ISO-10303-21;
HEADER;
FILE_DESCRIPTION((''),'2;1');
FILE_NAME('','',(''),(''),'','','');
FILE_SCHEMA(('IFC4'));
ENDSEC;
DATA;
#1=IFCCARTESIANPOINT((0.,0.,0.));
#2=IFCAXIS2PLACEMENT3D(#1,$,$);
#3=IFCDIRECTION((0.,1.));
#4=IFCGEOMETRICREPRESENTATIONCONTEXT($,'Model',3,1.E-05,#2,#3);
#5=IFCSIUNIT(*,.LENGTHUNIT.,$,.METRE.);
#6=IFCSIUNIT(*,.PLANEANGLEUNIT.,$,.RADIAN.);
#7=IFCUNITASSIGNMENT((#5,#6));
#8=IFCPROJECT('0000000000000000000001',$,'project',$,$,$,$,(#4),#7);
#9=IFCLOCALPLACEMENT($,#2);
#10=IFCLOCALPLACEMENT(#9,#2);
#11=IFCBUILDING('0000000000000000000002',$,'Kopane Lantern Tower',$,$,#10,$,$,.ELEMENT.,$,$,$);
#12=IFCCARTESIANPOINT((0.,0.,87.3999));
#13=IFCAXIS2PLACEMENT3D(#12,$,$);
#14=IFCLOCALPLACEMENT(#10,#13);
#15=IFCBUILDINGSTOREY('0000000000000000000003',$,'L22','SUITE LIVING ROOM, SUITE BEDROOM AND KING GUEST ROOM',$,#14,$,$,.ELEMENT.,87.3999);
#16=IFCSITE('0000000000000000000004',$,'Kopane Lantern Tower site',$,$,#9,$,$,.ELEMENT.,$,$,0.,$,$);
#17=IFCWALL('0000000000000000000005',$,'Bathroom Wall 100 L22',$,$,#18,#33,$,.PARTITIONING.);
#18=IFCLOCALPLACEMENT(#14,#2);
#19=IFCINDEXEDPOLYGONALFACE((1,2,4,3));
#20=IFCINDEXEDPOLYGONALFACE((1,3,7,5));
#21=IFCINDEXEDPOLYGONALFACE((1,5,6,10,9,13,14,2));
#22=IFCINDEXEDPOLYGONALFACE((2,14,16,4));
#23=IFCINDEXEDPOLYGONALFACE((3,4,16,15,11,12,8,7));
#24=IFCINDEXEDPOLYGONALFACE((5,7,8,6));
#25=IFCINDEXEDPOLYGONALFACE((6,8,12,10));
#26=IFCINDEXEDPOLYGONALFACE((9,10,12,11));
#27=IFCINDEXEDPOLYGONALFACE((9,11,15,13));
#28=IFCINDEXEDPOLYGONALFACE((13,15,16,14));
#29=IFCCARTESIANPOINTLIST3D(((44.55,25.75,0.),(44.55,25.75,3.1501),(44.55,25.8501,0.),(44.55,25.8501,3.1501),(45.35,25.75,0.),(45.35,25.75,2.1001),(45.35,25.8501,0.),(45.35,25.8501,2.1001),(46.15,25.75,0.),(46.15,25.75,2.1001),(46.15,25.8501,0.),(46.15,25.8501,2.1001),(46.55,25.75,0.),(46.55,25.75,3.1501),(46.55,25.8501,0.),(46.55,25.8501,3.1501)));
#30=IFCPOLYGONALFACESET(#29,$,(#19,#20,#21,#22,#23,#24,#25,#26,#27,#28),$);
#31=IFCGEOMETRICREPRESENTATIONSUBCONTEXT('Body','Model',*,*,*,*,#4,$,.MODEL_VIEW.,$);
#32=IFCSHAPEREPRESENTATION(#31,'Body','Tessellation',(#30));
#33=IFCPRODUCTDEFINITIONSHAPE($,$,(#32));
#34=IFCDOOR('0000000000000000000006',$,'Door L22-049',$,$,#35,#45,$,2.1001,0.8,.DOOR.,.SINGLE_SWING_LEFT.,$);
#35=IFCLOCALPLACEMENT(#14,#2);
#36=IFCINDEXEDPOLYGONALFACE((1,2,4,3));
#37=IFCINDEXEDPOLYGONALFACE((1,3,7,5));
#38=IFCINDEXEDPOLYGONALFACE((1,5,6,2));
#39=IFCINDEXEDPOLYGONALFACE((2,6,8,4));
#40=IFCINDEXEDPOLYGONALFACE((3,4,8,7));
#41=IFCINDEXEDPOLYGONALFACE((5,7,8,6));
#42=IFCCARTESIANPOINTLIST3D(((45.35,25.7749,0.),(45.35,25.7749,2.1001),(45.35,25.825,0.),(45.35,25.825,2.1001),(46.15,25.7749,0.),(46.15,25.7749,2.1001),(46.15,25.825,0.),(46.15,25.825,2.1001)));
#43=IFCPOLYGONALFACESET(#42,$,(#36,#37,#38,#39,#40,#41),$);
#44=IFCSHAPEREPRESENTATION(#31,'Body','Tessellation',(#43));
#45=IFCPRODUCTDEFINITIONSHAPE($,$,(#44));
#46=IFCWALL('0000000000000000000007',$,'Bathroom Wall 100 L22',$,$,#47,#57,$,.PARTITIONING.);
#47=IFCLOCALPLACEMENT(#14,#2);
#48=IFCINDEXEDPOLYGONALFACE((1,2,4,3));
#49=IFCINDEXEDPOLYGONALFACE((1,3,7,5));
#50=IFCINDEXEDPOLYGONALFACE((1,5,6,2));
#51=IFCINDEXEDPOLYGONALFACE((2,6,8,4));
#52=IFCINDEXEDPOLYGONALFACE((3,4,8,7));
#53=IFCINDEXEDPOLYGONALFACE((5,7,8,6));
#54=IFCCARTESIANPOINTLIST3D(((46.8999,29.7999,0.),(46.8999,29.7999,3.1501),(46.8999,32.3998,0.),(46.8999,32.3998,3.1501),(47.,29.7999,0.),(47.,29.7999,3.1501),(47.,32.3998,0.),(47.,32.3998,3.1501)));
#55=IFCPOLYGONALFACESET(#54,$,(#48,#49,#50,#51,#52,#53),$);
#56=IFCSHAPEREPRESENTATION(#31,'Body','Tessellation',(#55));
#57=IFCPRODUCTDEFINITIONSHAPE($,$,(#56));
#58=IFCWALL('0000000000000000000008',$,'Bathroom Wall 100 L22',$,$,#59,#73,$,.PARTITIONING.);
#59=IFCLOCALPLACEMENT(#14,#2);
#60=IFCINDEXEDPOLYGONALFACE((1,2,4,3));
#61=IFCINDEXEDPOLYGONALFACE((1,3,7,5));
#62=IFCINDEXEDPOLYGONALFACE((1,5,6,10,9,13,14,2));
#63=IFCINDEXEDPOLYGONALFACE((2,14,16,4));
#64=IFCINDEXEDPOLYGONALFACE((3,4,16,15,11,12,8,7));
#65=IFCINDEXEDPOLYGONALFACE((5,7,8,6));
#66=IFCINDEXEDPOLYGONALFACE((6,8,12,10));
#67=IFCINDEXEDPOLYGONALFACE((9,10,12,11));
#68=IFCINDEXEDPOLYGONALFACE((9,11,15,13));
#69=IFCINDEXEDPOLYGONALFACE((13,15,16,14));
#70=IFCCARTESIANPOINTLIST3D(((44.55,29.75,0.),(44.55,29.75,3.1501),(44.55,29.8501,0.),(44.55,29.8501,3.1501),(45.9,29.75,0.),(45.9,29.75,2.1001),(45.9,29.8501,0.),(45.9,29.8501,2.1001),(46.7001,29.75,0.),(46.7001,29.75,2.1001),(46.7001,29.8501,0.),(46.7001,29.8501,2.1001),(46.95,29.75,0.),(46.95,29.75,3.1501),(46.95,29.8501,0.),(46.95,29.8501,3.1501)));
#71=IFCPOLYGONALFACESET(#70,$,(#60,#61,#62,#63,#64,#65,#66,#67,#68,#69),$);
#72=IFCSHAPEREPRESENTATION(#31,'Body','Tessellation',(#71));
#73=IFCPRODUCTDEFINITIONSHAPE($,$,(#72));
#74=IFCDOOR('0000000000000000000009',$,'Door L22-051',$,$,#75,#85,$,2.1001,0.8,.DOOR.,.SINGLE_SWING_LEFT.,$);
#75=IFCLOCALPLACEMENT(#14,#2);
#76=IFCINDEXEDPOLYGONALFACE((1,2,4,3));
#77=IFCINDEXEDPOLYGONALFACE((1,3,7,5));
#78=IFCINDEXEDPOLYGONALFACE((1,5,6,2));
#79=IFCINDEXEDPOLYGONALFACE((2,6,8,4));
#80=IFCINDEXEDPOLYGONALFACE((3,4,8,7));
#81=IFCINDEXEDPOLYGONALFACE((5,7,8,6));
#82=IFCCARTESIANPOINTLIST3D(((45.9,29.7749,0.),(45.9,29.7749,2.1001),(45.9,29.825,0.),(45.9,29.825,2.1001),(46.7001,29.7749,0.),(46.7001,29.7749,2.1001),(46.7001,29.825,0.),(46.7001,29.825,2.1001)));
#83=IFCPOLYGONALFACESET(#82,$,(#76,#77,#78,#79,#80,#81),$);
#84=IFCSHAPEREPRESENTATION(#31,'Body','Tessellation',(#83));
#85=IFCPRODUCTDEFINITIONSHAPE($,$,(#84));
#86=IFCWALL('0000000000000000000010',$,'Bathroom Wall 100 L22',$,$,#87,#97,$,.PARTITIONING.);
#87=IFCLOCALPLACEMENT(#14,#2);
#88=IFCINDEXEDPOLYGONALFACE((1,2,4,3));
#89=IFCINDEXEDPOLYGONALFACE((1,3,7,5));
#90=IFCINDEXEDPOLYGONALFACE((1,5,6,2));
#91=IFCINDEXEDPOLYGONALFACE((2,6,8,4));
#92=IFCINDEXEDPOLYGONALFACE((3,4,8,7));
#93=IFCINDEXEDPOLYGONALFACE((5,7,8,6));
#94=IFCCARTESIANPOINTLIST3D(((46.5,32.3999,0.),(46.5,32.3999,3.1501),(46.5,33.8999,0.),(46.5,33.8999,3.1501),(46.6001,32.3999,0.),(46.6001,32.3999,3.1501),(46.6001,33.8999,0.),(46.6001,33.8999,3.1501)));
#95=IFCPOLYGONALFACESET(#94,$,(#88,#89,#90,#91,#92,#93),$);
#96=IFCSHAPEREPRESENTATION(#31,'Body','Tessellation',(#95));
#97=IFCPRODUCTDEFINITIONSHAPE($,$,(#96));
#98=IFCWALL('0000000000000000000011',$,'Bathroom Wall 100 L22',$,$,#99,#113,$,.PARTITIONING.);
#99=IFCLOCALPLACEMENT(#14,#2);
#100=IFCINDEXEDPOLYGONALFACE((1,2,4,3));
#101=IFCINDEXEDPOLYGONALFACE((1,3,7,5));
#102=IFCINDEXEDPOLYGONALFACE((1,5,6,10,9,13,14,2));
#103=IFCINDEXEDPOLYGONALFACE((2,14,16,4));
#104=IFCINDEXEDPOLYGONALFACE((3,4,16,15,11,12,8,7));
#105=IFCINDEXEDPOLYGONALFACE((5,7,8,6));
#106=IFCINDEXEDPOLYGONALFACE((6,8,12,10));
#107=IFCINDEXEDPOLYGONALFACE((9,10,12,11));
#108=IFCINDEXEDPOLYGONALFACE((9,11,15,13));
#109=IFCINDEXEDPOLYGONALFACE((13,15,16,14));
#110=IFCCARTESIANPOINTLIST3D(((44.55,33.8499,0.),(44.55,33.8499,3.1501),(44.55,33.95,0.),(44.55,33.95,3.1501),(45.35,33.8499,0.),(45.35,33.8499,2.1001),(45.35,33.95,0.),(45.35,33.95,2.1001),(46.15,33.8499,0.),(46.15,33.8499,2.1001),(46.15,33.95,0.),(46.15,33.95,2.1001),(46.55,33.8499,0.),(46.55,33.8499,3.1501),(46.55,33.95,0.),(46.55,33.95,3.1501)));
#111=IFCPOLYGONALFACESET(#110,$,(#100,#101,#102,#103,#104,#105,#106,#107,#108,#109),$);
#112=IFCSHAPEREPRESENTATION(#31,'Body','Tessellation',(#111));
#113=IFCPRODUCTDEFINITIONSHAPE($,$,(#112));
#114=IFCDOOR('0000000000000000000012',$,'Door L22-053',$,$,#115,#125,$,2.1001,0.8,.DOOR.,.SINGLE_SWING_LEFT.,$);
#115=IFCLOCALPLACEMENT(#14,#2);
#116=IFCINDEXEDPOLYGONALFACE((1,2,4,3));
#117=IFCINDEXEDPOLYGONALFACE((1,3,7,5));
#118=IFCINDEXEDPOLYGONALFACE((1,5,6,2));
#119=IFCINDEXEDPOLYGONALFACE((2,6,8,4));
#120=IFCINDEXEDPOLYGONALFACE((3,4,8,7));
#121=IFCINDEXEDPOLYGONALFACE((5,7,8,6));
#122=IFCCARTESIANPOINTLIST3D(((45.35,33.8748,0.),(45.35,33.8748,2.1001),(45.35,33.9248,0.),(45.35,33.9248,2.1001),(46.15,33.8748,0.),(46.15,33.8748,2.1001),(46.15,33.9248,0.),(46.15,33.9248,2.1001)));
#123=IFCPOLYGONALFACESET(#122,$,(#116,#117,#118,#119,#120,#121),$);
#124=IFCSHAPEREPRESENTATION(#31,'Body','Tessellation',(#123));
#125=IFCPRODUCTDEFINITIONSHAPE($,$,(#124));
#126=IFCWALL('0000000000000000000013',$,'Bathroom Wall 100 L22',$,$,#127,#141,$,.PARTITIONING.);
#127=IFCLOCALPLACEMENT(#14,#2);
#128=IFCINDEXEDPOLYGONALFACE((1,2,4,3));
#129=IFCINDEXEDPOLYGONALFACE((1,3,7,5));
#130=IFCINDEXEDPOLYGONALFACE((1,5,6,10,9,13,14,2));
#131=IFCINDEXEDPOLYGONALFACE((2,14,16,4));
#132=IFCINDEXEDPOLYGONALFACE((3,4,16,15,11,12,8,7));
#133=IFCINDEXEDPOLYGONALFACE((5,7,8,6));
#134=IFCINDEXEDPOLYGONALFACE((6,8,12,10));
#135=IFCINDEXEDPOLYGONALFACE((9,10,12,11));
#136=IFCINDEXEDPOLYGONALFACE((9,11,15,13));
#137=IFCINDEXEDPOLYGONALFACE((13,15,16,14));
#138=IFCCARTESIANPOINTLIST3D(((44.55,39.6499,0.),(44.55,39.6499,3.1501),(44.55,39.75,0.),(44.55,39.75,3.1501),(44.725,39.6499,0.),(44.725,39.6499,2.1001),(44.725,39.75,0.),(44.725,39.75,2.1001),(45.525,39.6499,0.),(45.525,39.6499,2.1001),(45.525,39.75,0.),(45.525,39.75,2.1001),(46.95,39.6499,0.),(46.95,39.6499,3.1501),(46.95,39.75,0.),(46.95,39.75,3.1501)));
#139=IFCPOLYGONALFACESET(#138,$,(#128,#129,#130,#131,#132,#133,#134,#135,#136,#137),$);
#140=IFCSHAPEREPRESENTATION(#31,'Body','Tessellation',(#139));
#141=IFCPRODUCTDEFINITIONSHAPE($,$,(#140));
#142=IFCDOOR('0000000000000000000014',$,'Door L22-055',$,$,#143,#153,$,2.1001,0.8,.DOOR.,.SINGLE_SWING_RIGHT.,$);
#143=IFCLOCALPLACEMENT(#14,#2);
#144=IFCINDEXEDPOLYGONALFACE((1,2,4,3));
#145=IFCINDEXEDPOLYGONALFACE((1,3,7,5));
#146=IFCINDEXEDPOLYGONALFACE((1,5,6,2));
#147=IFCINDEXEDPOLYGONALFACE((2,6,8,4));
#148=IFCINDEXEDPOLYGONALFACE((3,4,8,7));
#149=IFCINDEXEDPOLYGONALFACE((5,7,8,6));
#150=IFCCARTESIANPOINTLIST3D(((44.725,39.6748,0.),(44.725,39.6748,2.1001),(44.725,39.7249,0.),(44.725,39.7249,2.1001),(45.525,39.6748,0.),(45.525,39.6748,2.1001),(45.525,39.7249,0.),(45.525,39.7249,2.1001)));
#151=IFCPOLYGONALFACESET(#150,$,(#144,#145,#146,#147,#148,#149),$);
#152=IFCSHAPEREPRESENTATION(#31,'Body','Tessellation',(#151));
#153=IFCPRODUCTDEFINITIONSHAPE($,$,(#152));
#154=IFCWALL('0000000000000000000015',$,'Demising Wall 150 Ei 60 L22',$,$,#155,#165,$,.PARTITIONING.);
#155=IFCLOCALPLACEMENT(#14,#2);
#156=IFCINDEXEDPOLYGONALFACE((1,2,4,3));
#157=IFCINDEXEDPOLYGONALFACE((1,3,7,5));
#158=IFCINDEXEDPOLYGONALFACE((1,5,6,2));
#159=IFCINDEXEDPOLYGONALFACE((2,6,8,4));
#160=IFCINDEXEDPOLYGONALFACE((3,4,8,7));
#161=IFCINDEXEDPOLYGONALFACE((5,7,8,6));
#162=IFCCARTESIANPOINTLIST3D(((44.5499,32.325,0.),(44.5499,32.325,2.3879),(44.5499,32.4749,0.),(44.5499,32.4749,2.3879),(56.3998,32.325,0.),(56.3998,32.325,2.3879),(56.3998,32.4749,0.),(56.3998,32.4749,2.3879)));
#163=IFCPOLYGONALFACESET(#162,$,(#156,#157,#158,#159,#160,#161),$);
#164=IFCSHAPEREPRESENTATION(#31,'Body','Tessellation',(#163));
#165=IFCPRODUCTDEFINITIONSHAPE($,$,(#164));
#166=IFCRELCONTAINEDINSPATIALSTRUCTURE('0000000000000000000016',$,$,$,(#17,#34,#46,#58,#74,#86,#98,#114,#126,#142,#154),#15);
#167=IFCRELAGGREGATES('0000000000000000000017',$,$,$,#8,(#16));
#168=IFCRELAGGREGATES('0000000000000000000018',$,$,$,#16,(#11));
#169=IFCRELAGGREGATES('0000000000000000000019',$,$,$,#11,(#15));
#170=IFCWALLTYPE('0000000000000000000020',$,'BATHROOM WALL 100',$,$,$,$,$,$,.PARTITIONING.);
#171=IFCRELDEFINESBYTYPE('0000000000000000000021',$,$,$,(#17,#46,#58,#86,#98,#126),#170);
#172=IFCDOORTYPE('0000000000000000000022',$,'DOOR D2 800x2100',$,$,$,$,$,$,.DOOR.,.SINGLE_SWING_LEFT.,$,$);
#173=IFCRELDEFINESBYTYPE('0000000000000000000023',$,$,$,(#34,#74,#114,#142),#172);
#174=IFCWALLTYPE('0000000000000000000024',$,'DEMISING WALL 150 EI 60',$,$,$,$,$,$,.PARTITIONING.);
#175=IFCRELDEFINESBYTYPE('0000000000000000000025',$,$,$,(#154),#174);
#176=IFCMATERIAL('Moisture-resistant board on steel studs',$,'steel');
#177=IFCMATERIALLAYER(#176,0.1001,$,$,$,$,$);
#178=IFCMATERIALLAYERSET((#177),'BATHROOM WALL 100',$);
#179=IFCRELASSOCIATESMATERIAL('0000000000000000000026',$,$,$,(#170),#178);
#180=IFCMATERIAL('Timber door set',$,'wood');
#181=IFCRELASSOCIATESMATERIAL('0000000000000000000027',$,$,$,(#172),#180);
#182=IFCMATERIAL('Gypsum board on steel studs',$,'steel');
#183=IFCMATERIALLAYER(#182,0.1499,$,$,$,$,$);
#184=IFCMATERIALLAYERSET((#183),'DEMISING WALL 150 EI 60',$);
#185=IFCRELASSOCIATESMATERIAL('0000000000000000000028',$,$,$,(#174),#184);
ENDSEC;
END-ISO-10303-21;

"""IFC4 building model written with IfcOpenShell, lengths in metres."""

from ifc_helpers import new_model, si_unit, direction, frame, frame_2d, origin, place, context, subcontext, project, spatial, rectangle, extrude, material, layer, layer_set, type_object, element, fill, save


model = new_model("IFC4")

# Units and contexts
model_context = context("Model", 3, precision=1e-05, world=origin(), true_north=direction((0.0, 1.0)))
body_context = subcontext(model_context, "Body", "Model", "MODEL_VIEW")
ifc_project = project(units=[si_unit("LENGTHUNIT", "METRE"), si_unit("PLANEANGLEUNIT", "RADIAN")], contexts=[model_context])

# Site, building, storey
site_placement = place(None, origin())
site = spatial("IfcSite", under=ifc_project, at=site_placement, Name="Kopane Lantern Tower site", CompositionType="ELEMENT", RefElevation=0.0)
building_placement = place(site_placement, origin())
building = spatial("IfcBuilding", under=site, at=building_placement, Name="Kopane Lantern Tower", CompositionType="ELEMENT")
storey_placement = place(building_placement, frame((0.0, 0.0, 87.3999)))
storey = spatial("IfcBuildingStorey", under=building, at=storey_placement, Name="L22", Description="SUITE LIVING ROOM, SUITE BEDROOM AND KING GUEST ROOM", CompositionType="ELEMENT", Elevation=87.3999)

# Wall, opening, door
ifc_material_1 = material(Name="Moisture-resistant board on steel studs", Category="steel")
ifc_layer_1 = layer(ifc_material_1, 0.1001)
ifc_layer_set_1 = layer_set([ifc_layer_1], Name="BATHROOM WALL 100")
wall_type_1 = type_object("IfcWallType", Name="BATHROOM WALL 100", PredefinedType="PARTITIONING", material=ifc_layer_set_1)
wall_1_placement = place(storey_placement, frame((44.55, 25.8, 0.0), z_axis=(0.0, 0.0, 1.0), x_axis=(1.0, 0.0, 0.0)))
wall_1 = element("IfcWall", 1, at=wall_1_placement, inside=storey, type_object=wall_type_1, Name="Bathroom Wall 100 L22", PredefinedType="PARTITIONING", context=body_context, shape_type="SweptSolid", body=[
    extrude(rectangle(XDim=2.0, YDim=0.1001, at=frame_2d((1.0, 0.0))), origin(), (0.0, 0.0, 1.0), 3.1501),
])
opening_1_placement = place(wall_1_placement, frame((0.8, 0.0, 0.0)))
opening_1 = element("IfcOpeningElement", 2, at=opening_1_placement, cuts=wall_1, PredefinedType="OPENING", context=body_context, shape_type="SweptSolid", body=[
    extrude(rectangle(XDim=0.8, YDim=2.1001, at=frame_2d((0.3999, 1.05))), frame((0.0, 0.0601, 0.0), z_axis=(0.0, -1.0, 0.0), x_axis=(1.0, 0.0, 0.0)), (0.0, 0.0, 1.0), 0.1201),
])
ifc_material_2 = material(Name="Timber door set", Category="wood")
door_type_1 = type_object("IfcDoorType", Name="DOOR D2 800x2100", OperationType="SINGLE_SWING_LEFT", PredefinedType="DOOR", material=ifc_material_2)
door_1_placement = place(opening_1_placement, origin())
door_1 = element("IfcDoor", 3, at=door_1_placement, inside=storey, type_object=door_type_1, Name="Door L22-049", OperationType="SINGLE_SWING_LEFT", OverallHeight=2.1001, OverallWidth=0.8, PredefinedType="DOOR", context=body_context, shape_type="SweptSolid", body=[
    extrude(rectangle(XDim=0.8, YDim=2.1001, at=frame_2d((0.3999, 1.05))), frame((0.0, 0.0249, 0.0), z_axis=(0.0, -1.0, 0.0), x_axis=(1.0, 0.0, 0.0)), (0.0, 0.0, 1.0), 0.05),
])
fill(opening_1, door_1)

# Wall
wall_2_placement = place(storey_placement, frame((46.95, 29.8, 0.0), z_axis=(0.0, 0.0, 1.0), x_axis=(0.0, 1.0, 0.0)))
element("IfcWall", 4, at=wall_2_placement, inside=storey, type_object=wall_type_1, Name="Bathroom Wall 100 L22", PredefinedType="PARTITIONING", context=body_context, shape_type="SweptSolid", body=[
    extrude(rectangle(XDim=2.5999, YDim=0.1001, at=frame_2d((1.2998, 0.0))), origin(), (0.0, 0.0, 1.0), 3.1501),
])

# Wall, opening, door
wall_3_placement = place(storey_placement, frame((44.55, 29.8, 0.0), z_axis=(0.0, 0.0, 1.0), x_axis=(1.0, 0.0, 0.0)))
wall_3 = element("IfcWall", 5, at=wall_3_placement, inside=storey, type_object=wall_type_1, Name="Bathroom Wall 100 L22", PredefinedType="PARTITIONING", context=body_context, shape_type="SweptSolid", body=[
    extrude(rectangle(XDim=2.3999, YDim=0.1001, at=frame_2d((1.2, 0.0))), origin(), (0.0, 0.0, 1.0), 3.1501),
])
opening_2_placement = place(wall_3_placement, frame((1.3501, 0.0, 0.0)))
opening_2 = element("IfcOpeningElement", 6, at=opening_2_placement, cuts=wall_3, PredefinedType="OPENING", context=body_context, shape_type="SweptSolid", body=[
    extrude(rectangle(XDim=0.8, YDim=2.1001, at=frame_2d((0.3999, 1.05))), frame((0.0, 0.0601, 0.0), z_axis=(0.0, -1.0, 0.0), x_axis=(1.0, 0.0, 0.0)), (0.0, 0.0, 1.0), 0.1201),
])
door_2_placement = place(opening_2_placement, origin())
door_2 = element("IfcDoor", 7, at=door_2_placement, inside=storey, type_object=door_type_1, Name="Door L22-051", OperationType="SINGLE_SWING_LEFT", OverallHeight=2.1001, OverallWidth=0.8, PredefinedType="DOOR", context=body_context, shape_type="SweptSolid", body=[
    extrude(rectangle(XDim=0.8, YDim=2.1001, at=frame_2d((0.3999, 1.05))), frame((0.0, 0.0249, 0.0), z_axis=(0.0, -1.0, 0.0), x_axis=(1.0, 0.0, 0.0)), (0.0, 0.0, 1.0), 0.05),
])
fill(opening_2, door_2)

# Wall
wall_4_placement = place(storey_placement, frame((46.55, 32.3999, 0.0), z_axis=(0.0, 0.0, 1.0), x_axis=(0.0, 1.0, 0.0)))
element("IfcWall", 8, at=wall_4_placement, inside=storey, type_object=wall_type_1, Name="Bathroom Wall 100 L22", PredefinedType="PARTITIONING", context=body_context, shape_type="SweptSolid", body=[
    extrude(rectangle(XDim=1.5, YDim=0.1001, at=frame_2d((0.75, 0.0))), origin(), (0.0, 0.0, 1.0), 3.1501),
])

# Walls, openings, doors
wall_5_placement = place(storey_placement, frame((44.55, 33.8999, 0.0), z_axis=(0.0, 0.0, 1.0), x_axis=(1.0, 0.0, 0.0)))
wall_5 = element("IfcWall", 9, at=wall_5_placement, inside=storey, type_object=wall_type_1, Name="Bathroom Wall 100 L22", PredefinedType="PARTITIONING", context=body_context, shape_type="SweptSolid", body=[
    extrude(rectangle(XDim=2.0, YDim=0.1001, at=frame_2d((1.0, 0.0))), origin(), (0.0, 0.0, 1.0), 3.1501),
])
opening_3_placement = place(wall_5_placement, frame((0.8, 0.0, 0.0)))
opening_3 = element("IfcOpeningElement", 10, at=opening_3_placement, cuts=wall_5, PredefinedType="OPENING", context=body_context, shape_type="SweptSolid", body=[
    extrude(rectangle(XDim=0.8, YDim=2.1001, at=frame_2d((0.3999, 1.05))), frame((0.0, 0.0601, 0.0), z_axis=(0.0, -1.0, 0.0), x_axis=(1.0, 0.0, 0.0)), (0.0, 0.0, 1.0), 0.1201),
])
door_3_placement = place(opening_3_placement, origin())
door_3 = element("IfcDoor", 11, at=door_3_placement, inside=storey, type_object=door_type_1, Name="Door L22-053", OperationType="SINGLE_SWING_LEFT", OverallHeight=2.1001, OverallWidth=0.8, PredefinedType="DOOR", context=body_context, shape_type="SweptSolid", body=[
    extrude(rectangle(XDim=0.8, YDim=2.1001, at=frame_2d((0.3999, 1.05))), frame((0.0, 0.0249, 0.0), z_axis=(0.0, -1.0, 0.0), x_axis=(1.0, 0.0, 0.0)), (0.0, 0.0, 1.0), 0.05),
])
fill(opening_3, door_3)
wall_6_placement = place(storey_placement, frame((44.55, 39.7, 0.0), z_axis=(0.0, 0.0, 1.0), x_axis=(1.0, 0.0, 0.0)))
wall_6 = element("IfcWall", 12, at=wall_6_placement, inside=storey, type_object=wall_type_1, Name="Bathroom Wall 100 L22", PredefinedType="PARTITIONING", context=body_context, shape_type="SweptSolid", body=[
    extrude(rectangle(XDim=2.3999, YDim=0.1001, at=frame_2d((1.2, 0.0))), origin(), (0.0, 0.0, 1.0), 3.1501),
])
opening_4_placement = place(wall_6_placement, frame((0.175, 0.0, 0.0)))
opening_4 = element("IfcOpeningElement", 13, at=opening_4_placement, cuts=wall_6, PredefinedType="OPENING", context=body_context, shape_type="SweptSolid", body=[
    extrude(rectangle(XDim=0.8, YDim=2.1001, at=frame_2d((0.3999, 1.05))), frame((0.0, 0.0601, 0.0), z_axis=(0.0, -1.0, 0.0), x_axis=(1.0, 0.0, 0.0)), (0.0, 0.0, 1.0), 0.1201),
])
door_4_placement = place(opening_4_placement, origin())
door_4 = element("IfcDoor", 14, at=door_4_placement, inside=storey, type_object=door_type_1, Name="Door L22-055", OperationType="SINGLE_SWING_RIGHT", OverallHeight=2.1001, OverallWidth=0.8, PredefinedType="DOOR", context=body_context, shape_type="SweptSolid", body=[
    extrude(rectangle(XDim=0.8, YDim=2.1001, at=frame_2d((0.3999, 1.05))), frame((0.0, 0.0249, 0.0), z_axis=(0.0, -1.0, 0.0), x_axis=(1.0, 0.0, 0.0)), (0.0, 0.0, 1.0), 0.05),
])
fill(opening_4, door_4)

# Wall
ifc_material_3 = material(Name="Gypsum board on steel studs", Category="steel")
ifc_layer_2 = layer(ifc_material_3, 0.1499)
ifc_layer_set_2 = layer_set([ifc_layer_2], Name="DEMISING WALL 150 EI 60")
wall_type_2 = type_object("IfcWallType", Name="DEMISING WALL 150 EI 60", PredefinedType="PARTITIONING", material=ifc_layer_set_2)
wall_7_placement = place(storey_placement, frame((44.55, 32.3999, 0.0), z_axis=(0.0, 0.0, 1.0), x_axis=(1.0, 0.0, 0.0)))
element("IfcWall", 15, at=wall_7_placement, inside=storey, type_object=wall_type_2, Name="Demising Wall 150 Ei 60 L22", PredefinedType="PARTITIONING", context=body_context, shape_type="SweptSolid", body=[
    extrude(rectangle(XDim=11.8499, YDim=0.1499, at=frame_2d((5.9248, 0.0))), origin(), (0.0, 0.0, 1.0), 2.3879),
])

save(model, "model.ifc")
